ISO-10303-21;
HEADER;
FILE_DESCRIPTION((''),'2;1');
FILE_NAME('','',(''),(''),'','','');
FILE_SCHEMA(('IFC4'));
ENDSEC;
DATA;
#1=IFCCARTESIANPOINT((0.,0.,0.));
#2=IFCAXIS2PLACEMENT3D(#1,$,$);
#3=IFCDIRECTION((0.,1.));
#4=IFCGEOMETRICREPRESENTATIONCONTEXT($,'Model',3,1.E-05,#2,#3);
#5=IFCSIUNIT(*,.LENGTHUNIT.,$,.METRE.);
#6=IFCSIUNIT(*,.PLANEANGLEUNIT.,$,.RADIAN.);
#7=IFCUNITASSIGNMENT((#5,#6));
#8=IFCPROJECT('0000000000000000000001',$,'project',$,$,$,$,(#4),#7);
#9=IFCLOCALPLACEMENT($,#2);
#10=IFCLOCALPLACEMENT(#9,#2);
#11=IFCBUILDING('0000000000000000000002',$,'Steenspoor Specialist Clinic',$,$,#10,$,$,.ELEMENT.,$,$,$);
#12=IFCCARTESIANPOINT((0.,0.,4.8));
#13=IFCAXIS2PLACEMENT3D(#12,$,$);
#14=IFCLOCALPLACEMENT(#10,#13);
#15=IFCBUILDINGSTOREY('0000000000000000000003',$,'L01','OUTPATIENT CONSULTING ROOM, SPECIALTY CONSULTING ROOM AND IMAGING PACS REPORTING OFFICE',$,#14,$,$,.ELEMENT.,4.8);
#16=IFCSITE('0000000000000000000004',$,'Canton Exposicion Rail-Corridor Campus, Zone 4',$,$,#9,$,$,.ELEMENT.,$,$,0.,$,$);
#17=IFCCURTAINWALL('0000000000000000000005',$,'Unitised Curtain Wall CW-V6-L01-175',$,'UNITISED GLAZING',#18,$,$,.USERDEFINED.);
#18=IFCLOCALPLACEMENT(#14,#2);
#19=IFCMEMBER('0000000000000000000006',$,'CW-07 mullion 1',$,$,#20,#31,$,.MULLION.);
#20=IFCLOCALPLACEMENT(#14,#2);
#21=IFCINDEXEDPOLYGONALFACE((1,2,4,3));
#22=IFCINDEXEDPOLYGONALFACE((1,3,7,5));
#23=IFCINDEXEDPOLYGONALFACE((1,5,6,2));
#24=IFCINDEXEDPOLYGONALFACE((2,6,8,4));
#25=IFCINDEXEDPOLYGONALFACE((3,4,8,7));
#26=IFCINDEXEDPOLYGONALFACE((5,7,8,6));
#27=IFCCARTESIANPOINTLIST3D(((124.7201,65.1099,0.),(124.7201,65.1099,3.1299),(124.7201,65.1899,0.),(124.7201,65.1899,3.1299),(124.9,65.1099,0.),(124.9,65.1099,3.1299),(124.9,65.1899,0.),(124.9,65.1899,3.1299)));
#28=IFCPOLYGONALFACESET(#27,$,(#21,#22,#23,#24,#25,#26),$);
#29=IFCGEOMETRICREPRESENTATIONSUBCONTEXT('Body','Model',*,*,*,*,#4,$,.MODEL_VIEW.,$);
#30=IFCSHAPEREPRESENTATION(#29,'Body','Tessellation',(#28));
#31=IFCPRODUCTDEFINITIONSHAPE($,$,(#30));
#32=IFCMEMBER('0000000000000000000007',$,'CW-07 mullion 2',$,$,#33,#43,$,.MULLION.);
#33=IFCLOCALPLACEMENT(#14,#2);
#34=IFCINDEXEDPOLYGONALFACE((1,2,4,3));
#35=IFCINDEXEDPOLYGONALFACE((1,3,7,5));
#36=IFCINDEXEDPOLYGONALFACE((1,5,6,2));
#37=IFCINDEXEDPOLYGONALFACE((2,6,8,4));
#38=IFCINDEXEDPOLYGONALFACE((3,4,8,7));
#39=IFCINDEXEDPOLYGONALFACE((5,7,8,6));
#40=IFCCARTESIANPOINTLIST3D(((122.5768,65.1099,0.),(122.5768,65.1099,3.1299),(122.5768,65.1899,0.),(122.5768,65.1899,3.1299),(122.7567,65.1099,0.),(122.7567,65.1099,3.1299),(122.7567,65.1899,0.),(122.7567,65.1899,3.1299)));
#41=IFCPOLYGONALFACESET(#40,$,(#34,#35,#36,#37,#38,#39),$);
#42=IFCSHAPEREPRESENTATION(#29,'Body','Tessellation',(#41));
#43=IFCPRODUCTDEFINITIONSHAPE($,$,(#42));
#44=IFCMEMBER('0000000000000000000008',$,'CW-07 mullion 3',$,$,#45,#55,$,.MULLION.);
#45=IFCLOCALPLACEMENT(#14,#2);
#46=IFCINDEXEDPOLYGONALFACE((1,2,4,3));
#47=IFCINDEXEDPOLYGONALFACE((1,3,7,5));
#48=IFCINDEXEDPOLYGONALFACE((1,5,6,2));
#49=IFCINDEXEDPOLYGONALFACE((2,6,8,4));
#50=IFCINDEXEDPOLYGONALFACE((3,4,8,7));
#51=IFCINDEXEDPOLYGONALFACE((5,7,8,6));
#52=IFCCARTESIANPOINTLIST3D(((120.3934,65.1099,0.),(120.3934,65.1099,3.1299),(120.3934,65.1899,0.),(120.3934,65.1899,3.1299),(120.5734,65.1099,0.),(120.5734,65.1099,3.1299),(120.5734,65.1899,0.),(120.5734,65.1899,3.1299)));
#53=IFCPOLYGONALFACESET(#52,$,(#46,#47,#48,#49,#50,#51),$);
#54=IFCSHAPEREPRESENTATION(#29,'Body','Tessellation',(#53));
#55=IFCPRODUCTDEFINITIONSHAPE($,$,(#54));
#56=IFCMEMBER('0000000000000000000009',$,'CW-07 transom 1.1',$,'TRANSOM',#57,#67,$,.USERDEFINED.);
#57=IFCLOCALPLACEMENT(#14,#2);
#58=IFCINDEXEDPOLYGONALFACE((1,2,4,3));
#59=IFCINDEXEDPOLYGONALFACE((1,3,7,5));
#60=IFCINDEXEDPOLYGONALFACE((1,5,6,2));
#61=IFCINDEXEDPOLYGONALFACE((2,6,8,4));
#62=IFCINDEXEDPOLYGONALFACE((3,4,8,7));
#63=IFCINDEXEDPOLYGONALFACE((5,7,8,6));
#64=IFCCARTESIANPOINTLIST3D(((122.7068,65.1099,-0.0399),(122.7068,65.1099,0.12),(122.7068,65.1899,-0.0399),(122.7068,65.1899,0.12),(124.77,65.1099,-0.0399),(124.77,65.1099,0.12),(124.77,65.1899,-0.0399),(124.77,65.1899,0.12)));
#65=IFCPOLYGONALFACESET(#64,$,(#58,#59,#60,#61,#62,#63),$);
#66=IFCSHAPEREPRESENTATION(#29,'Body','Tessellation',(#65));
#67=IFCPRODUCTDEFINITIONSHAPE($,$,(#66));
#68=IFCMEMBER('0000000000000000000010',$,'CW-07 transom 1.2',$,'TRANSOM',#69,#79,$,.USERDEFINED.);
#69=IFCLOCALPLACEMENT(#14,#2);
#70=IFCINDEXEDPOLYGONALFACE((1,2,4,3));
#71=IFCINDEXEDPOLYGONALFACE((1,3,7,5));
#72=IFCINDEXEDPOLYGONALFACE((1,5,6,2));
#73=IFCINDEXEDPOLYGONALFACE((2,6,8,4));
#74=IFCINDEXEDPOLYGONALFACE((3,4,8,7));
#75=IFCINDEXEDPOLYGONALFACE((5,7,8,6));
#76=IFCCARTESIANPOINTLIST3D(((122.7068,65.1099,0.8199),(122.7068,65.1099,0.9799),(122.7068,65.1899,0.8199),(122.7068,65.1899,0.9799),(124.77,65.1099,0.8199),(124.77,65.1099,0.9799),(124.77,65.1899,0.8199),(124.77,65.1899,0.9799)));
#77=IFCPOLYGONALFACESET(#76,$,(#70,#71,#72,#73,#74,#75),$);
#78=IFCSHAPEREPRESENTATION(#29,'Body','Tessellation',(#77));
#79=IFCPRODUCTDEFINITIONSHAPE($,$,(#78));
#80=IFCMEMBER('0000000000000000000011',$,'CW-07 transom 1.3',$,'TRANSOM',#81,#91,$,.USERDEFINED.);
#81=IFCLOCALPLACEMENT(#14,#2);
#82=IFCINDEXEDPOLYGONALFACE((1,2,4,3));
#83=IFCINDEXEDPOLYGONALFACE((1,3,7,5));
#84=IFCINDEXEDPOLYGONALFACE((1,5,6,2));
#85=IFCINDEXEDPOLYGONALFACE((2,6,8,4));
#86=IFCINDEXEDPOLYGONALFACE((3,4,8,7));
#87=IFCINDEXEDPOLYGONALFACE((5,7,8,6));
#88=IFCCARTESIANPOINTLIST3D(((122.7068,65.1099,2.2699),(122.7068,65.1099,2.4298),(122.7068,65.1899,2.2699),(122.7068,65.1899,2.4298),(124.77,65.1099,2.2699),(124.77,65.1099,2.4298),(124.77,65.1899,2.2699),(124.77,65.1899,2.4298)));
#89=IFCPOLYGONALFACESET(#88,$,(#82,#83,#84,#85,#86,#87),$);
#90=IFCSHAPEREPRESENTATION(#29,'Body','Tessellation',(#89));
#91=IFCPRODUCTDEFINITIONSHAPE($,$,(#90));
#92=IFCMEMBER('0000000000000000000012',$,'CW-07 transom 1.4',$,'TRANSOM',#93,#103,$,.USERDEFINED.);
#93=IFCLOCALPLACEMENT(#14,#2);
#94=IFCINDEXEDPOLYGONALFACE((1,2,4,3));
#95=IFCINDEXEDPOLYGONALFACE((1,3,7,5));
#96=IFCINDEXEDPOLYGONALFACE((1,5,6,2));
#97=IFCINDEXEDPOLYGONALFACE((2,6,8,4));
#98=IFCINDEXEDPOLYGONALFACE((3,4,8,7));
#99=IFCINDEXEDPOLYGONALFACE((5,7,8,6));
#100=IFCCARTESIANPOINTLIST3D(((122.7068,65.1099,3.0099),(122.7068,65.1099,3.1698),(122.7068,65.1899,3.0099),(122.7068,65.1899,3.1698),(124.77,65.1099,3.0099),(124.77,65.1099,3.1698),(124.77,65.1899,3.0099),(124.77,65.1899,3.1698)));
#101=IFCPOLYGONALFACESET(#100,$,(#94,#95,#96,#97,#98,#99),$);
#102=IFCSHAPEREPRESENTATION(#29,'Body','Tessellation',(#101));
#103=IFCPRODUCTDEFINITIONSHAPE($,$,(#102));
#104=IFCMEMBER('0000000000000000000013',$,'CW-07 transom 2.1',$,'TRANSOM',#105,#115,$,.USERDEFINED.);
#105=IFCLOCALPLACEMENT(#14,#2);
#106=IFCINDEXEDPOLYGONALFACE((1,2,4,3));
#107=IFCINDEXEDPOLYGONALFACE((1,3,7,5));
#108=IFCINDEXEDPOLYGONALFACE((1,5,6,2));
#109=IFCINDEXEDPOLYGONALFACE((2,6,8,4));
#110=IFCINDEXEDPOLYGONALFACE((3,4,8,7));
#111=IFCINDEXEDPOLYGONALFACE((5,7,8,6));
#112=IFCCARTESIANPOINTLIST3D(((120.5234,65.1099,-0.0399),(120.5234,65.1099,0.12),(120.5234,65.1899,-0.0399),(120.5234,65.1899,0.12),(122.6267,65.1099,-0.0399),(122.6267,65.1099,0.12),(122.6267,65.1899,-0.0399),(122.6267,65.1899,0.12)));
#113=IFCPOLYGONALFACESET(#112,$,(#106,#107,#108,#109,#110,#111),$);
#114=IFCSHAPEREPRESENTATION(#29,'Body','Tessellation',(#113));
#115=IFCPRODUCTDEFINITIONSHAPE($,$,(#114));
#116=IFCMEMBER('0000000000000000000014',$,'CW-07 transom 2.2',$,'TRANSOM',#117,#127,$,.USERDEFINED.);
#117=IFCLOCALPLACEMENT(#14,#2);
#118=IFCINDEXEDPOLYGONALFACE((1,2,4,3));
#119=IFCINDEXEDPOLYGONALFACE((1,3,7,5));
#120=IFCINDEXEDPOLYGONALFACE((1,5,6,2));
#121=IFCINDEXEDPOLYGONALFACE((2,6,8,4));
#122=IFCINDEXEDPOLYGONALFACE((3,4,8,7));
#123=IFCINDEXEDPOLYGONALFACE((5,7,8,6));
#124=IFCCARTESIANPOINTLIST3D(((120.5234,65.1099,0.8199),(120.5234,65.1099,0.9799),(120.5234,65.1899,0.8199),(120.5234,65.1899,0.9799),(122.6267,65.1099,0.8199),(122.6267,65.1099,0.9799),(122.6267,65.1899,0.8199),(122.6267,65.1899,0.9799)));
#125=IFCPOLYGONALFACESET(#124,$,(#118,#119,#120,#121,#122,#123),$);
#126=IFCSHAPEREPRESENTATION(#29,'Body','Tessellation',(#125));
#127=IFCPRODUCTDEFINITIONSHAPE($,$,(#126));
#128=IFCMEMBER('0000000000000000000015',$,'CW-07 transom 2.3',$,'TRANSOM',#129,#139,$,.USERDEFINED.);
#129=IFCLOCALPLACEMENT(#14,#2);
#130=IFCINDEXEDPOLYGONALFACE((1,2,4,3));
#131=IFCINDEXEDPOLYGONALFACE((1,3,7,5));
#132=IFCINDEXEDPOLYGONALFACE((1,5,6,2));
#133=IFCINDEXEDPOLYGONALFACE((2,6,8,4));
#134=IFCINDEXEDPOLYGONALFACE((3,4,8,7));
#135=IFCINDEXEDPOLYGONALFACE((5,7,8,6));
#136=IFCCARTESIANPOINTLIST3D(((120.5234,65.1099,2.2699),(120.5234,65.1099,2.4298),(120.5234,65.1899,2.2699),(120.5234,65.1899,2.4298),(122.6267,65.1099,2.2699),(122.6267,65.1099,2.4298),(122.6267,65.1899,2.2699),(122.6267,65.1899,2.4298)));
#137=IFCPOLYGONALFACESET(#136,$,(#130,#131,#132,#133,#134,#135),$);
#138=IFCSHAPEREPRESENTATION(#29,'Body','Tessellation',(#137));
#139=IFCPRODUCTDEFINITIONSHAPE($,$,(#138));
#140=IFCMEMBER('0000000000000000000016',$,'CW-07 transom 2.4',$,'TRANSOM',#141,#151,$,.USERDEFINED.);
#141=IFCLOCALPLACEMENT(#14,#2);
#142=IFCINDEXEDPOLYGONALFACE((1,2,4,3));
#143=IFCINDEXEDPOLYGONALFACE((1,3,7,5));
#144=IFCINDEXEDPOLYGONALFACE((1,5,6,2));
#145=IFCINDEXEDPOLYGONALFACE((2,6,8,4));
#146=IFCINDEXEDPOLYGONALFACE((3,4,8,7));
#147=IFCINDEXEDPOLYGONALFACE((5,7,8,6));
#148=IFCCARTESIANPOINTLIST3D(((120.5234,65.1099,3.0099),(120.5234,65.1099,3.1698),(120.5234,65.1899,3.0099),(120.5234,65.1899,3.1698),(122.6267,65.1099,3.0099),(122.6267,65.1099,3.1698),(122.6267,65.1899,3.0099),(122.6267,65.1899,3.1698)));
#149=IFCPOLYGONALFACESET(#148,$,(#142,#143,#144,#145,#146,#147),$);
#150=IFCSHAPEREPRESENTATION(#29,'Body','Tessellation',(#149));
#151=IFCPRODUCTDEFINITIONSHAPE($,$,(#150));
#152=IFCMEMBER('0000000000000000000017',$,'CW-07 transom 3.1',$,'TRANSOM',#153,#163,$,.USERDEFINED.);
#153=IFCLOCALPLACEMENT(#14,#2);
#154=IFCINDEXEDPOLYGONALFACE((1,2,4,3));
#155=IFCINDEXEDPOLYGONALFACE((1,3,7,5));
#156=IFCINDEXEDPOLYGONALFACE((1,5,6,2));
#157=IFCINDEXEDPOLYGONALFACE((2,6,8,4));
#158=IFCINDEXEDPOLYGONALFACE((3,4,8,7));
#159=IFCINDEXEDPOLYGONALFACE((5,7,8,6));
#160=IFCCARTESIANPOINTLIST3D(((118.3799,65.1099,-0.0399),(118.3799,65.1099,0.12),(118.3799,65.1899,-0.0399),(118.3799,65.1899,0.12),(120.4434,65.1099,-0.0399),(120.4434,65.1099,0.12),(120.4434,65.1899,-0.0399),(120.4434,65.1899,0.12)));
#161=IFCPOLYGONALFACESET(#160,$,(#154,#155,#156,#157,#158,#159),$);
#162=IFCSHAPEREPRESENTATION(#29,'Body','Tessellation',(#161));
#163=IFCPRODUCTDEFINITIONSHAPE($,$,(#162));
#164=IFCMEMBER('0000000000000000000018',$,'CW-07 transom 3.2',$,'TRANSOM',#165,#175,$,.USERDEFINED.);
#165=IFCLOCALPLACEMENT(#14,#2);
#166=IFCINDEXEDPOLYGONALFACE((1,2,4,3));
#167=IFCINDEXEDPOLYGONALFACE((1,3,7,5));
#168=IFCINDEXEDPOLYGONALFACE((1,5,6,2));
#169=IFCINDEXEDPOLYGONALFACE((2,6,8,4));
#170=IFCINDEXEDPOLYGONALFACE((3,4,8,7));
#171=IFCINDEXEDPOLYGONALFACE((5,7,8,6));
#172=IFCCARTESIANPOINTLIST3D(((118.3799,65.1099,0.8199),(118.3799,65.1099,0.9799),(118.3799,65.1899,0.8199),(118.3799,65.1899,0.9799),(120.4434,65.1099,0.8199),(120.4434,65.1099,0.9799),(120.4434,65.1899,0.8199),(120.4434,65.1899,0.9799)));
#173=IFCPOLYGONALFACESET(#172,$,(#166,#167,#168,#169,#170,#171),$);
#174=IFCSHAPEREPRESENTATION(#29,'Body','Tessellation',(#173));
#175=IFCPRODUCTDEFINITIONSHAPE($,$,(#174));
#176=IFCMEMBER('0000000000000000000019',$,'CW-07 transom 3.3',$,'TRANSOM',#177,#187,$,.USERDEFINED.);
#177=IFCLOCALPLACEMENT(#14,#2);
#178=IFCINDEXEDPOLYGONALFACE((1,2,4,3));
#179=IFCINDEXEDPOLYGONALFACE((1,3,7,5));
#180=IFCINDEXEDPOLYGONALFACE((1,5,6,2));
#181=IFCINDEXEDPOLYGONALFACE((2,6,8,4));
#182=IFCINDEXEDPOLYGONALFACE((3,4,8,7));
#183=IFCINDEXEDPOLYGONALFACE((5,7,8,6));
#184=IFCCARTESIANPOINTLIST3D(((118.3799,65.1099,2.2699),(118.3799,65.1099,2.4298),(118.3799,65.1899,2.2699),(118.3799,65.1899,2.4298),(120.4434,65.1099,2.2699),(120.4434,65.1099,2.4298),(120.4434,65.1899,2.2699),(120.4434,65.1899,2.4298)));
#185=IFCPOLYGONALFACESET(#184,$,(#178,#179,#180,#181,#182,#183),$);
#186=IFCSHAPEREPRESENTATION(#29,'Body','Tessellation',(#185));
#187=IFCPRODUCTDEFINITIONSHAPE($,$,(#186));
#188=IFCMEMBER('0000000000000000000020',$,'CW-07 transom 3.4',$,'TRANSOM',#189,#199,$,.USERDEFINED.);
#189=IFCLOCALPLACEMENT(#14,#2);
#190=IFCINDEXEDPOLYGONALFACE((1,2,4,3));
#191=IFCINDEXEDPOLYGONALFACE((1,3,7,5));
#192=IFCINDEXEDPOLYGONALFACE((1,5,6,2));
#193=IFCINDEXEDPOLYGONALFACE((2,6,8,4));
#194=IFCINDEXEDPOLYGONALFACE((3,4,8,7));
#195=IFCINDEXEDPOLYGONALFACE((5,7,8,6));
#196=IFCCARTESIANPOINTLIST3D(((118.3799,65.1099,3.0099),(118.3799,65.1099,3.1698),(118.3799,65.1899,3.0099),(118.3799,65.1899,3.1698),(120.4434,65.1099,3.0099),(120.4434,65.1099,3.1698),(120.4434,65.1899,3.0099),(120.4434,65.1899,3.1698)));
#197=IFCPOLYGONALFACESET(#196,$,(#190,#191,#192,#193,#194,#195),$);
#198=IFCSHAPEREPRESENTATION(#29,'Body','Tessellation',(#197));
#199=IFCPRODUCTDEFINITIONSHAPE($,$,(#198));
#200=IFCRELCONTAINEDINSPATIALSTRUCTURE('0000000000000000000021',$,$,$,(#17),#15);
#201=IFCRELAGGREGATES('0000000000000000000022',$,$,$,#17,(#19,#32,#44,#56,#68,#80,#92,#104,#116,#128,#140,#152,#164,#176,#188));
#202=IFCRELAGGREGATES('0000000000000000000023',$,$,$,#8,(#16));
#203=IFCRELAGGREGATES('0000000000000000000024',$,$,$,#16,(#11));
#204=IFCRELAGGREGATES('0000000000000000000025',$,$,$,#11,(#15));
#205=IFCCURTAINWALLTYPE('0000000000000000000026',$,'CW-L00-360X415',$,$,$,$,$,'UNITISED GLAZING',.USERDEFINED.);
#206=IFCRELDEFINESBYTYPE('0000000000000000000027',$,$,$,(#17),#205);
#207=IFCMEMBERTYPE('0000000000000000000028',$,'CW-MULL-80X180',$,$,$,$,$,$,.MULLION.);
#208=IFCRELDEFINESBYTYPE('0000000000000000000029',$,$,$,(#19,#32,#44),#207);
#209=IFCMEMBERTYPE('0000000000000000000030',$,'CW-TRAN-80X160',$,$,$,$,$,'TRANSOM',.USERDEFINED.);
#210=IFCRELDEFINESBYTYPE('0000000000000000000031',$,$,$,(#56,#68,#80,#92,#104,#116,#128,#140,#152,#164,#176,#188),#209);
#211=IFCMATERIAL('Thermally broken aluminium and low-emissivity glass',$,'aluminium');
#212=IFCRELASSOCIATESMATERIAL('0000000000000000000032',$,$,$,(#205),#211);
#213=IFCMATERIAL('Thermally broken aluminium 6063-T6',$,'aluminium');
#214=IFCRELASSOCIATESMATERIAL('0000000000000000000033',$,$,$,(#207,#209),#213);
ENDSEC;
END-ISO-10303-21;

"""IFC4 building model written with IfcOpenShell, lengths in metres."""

from ifc_helpers import new_model, si_unit, direction, frame, origin, origin_2d, place, context, subcontext, project, spatial, rectangle, extrude, material, material_profile, profile_set, type_object, element, aggregate, save


model = new_model("IFC4")

# Units and contexts
model_context = context("Model", 3, precision=1e-05, world=origin(), true_north=direction((0.0, 1.0)))
body_context = subcontext(model_context, "Body", "Model", "MODEL_VIEW")
ifc_project = project(units=[si_unit("LENGTHUNIT", "METRE"), si_unit("PLANEANGLEUNIT", "RADIAN")], contexts=[model_context])

# Site, building, storey
site_placement = place(None, origin())
site = spatial("IfcSite", under=ifc_project, at=site_placement, Name="Canton Exposicion Rail-Corridor Campus, Zone 4", CompositionType="ELEMENT", RefElevation=0.0)
building_placement = place(site_placement, origin())
building = spatial("IfcBuilding", under=site, at=building_placement, Name="Steenspoor Specialist Clinic", CompositionType="ELEMENT")
storey_placement = place(building_placement, frame((0.0, 0.0, 4.8)))
storey = spatial("IfcBuildingStorey", under=building, at=storey_placement, Name="L01", Description="OUTPATIENT CONSULTING ROOM, SPECIALTY CONSULTING ROOM AND IMAGING PACS REPORTING OFFICE", CompositionType="ELEMENT", Elevation=4.8)

# Curtain wall, members
ifc_material_1 = material(Name="Thermally broken aluminium and low-emissivity glass", Category="aluminium")
curtain_wall_type = type_object("IfcCurtainWallType", Name="CW-L00-360X415", ElementType="UNITISED GLAZING", PredefinedType="USERDEFINED", material=ifc_material_1)
curtain_wall_placement = place(storey_placement, origin())
curtain_wall = element("IfcCurtainWall", 1, at=curtain_wall_placement, inside=storey, type_object=curtain_wall_type, Name="Unitised Curtain Wall CW-V6-L01-175", ObjectType="UNITISED GLAZING", PredefinedType="USERDEFINED")
ifc_material_2 = material(Name="Thermally broken aluminium 6063-T6", Category="aluminium")
ifc_material_profile_1 = material_profile(ifc_material_2, rectangle(XDim=0.0801, YDim=0.1799, at=origin_2d()), Name="CWM-80X180")
ifc_profile_set_1 = profile_set([ifc_material_profile_1], Name="Thermally broken aluminium 6063-T6")
member_type_1 = type_object("IfcMemberType", Name="CW-MULL-80X180", PredefinedType="MULLION", material=ifc_profile_set_1)
member_1_placement = place(storey_placement, frame((124.8101, 65.1499, 0.0), z_axis=(0.0, 0.0, 1.0), x_axis=(0.0, -1.0, 0.0)))
member_1 = element("IfcMember", 2, at=member_1_placement, type_object=member_type_1, Name="CW-07 mullion 1", PredefinedType="MULLION", context=body_context, shape_type="SweptSolid", body=[
    extrude(rectangle(XDim=0.0801, YDim=0.1799, at=origin_2d()), origin(), (0.0, 0.0, 1.0), 3.1299),
])
member_2_placement = place(storey_placement, frame((122.6667, 65.1499, 0.0), z_axis=(0.0, 0.0, 1.0), x_axis=(0.0, -1.0, 0.0)))
member_2 = element("IfcMember", 3, at=member_2_placement, type_object=member_type_1, Name="CW-07 mullion 2", PredefinedType="MULLION", context=body_context, shape_type="SweptSolid", body=[
    extrude(rectangle(XDim=0.0801, YDim=0.1799, at=origin_2d()), origin(), (0.0, 0.0, 1.0), 3.1299),
])
member_3_placement = place(storey_placement, frame((120.4834, 65.1499, 0.0), z_axis=(0.0, 0.0, 1.0), x_axis=(0.0, -1.0, 0.0)))
member_3 = element("IfcMember", 4, at=member_3_placement, type_object=member_type_1, Name="CW-07 mullion 3", PredefinedType="MULLION", context=body_context, shape_type="SweptSolid", body=[
    extrude(rectangle(XDim=0.0801, YDim=0.1799, at=origin_2d()), origin(), (0.0, 0.0, 1.0), 3.1299),
])
ifc_material_profile_2 = material_profile(ifc_material_2, rectangle(XDim=0.0801, YDim=0.1599, at=origin_2d()), Name="CWT-80X160")
ifc_profile_set_2 = profile_set([ifc_material_profile_2], Name="Thermally broken aluminium 6063-T6")
member_type_2 = type_object("IfcMemberType", Name="CW-TRAN-80X160", ElementType="TRANSOM", PredefinedType="USERDEFINED", material=ifc_profile_set_2)
member_4_placement = place(storey_placement, frame((124.77, 65.1499, 0.04), z_axis=(-1.0, 0.0, 0.0), x_axis=(0.0, -1.0, 0.0)))
member_4 = element("IfcMember", 5, at=member_4_placement, type_object=member_type_2, Name="CW-07 transom 1.1", ObjectType="TRANSOM", PredefinedType="USERDEFINED", context=body_context, shape_type="SweptSolid", body=[
    extrude(rectangle(XDim=0.0801, YDim=0.1599, at=origin_2d()), origin(), (0.0, 0.0, 1.0), 2.0632),
])
member_5_placement = place(storey_placement, frame((124.77, 65.1499, 0.8999), z_axis=(-1.0, 0.0, 0.0), x_axis=(0.0, -1.0, 0.0)))
member_5 = element("IfcMember", 6, at=member_5_placement, type_object=member_type_2, Name="CW-07 transom 1.2", ObjectType="TRANSOM", PredefinedType="USERDEFINED", context=body_context, shape_type="SweptSolid", body=[
    extrude(rectangle(XDim=0.0801, YDim=0.1599, at=origin_2d()), origin(), (0.0, 0.0, 1.0), 2.0632),
])
member_6_placement = place(storey_placement, frame((124.77, 65.1499, 2.3499), z_axis=(-1.0, 0.0, 0.0), x_axis=(0.0, -1.0, 0.0)))
member_6 = element("IfcMember", 7, at=member_6_placement, type_object=member_type_2, Name="CW-07 transom 1.3", ObjectType="TRANSOM", PredefinedType="USERDEFINED", context=body_context, shape_type="SweptSolid", body=[
    extrude(rectangle(XDim=0.0801, YDim=0.1599, at=origin_2d()), origin(), (0.0, 0.0, 1.0), 2.0632),
])
member_7_placement = place(storey_placement, frame((124.77, 65.1499, 3.0898), z_axis=(-1.0, 0.0, 0.0), x_axis=(0.0, -1.0, 0.0)))
member_7 = element("IfcMember", 8, at=member_7_placement, type_object=member_type_2, Name="CW-07 transom 1.4", ObjectType="TRANSOM", PredefinedType="USERDEFINED", context=body_context, shape_type="SweptSolid", body=[
    extrude(rectangle(XDim=0.0801, YDim=0.1599, at=origin_2d()), origin(), (0.0, 0.0, 1.0), 2.0632),
])
member_8_placement = place(storey_placement, frame((122.6267, 65.1499, 0.04), z_axis=(-1.0, 0.0, 0.0), x_axis=(0.0, -1.0, 0.0)))
member_8 = element("IfcMember", 9, at=member_8_placement, type_object=member_type_2, Name="CW-07 transom 2.1", ObjectType="TRANSOM", PredefinedType="USERDEFINED", context=body_context, shape_type="SweptSolid", body=[
    extrude(rectangle(XDim=0.0801, YDim=0.1599, at=origin_2d()), origin(), (0.0, 0.0, 1.0), 2.1033),
])
member_9_placement = place(storey_placement, frame((122.6267, 65.1499, 0.8999), z_axis=(-1.0, 0.0, 0.0), x_axis=(0.0, -1.0, 0.0)))
member_9 = element("IfcMember", 10, at=member_9_placement, type_object=member_type_2, Name="CW-07 transom 2.2", ObjectType="TRANSOM", PredefinedType="USERDEFINED", context=body_context, shape_type="SweptSolid", body=[
    extrude(rectangle(XDim=0.0801, YDim=0.1599, at=origin_2d()), origin(), (0.0, 0.0, 1.0), 2.1033),
])
member_10_placement = place(storey_placement, frame((122.6267, 65.1499, 2.3499), z_axis=(-1.0, 0.0, 0.0), x_axis=(0.0, -1.0, 0.0)))
member_10 = element("IfcMember", 11, at=member_10_placement, type_object=member_type_2, Name="CW-07 transom 2.3", ObjectType="TRANSOM", PredefinedType="USERDEFINED", context=body_context, shape_type="SweptSolid", body=[
    extrude(rectangle(XDim=0.0801, YDim=0.1599, at=origin_2d()), origin(), (0.0, 0.0, 1.0), 2.1033),
])
member_11_placement = place(storey_placement, frame((122.6267, 65.1499, 3.0898), z_axis=(-1.0, 0.0, 0.0), x_axis=(0.0, -1.0, 0.0)))
member_11 = element("IfcMember", 12, at=member_11_placement, type_object=member_type_2, Name="CW-07 transom 2.4", ObjectType="TRANSOM", PredefinedType="USERDEFINED", context=body_context, shape_type="SweptSolid", body=[
    extrude(rectangle(XDim=0.0801, YDim=0.1599, at=origin_2d()), origin(), (0.0, 0.0, 1.0), 2.1033),
])
member_12_placement = place(storey_placement, frame((120.4434, 65.1499, 0.04), z_axis=(-1.0, 0.0, 0.0), x_axis=(0.0, -1.0, 0.0)))
member_12 = element("IfcMember", 13, at=member_12_placement, type_object=member_type_2, Name="CW-07 transom 3.1", ObjectType="TRANSOM", PredefinedType="USERDEFINED", context=body_context, shape_type="SweptSolid", body=[
    extrude(rectangle(XDim=0.0801, YDim=0.1599, at=origin_2d()), origin(), (0.0, 0.0, 1.0), 2.0635),
])
member_13_placement = place(storey_placement, frame((120.4434, 65.1499, 0.8999), z_axis=(-1.0, 0.0, 0.0), x_axis=(0.0, -1.0, 0.0)))
member_13 = element("IfcMember", 14, at=member_13_placement, type_object=member_type_2, Name="CW-07 transom 3.2", ObjectType="TRANSOM", PredefinedType="USERDEFINED", context=body_context, shape_type="SweptSolid", body=[
    extrude(rectangle(XDim=0.0801, YDim=0.1599, at=origin_2d()), origin(), (0.0, 0.0, 1.0), 2.0635),
])
member_14_placement = place(storey_placement, frame((120.4434, 65.1499, 2.3499), z_axis=(-1.0, 0.0, 0.0), x_axis=(0.0, -1.0, 0.0)))
member_14 = element("IfcMember", 15, at=member_14_placement, type_object=member_type_2, Name="CW-07 transom 3.3", ObjectType="TRANSOM", PredefinedType="USERDEFINED", context=body_context, shape_type="SweptSolid", body=[
    extrude(rectangle(XDim=0.0801, YDim=0.1599, at=origin_2d()), origin(), (0.0, 0.0, 1.0), 2.0635),
])
member_15_placement = place(storey_placement, frame((120.4434, 65.1499, 3.0898), z_axis=(-1.0, 0.0, 0.0), x_axis=(0.0, -1.0, 0.0)))
member_15 = element("IfcMember", 16, at=member_15_placement, type_object=member_type_2, Name="CW-07 transom 3.4", ObjectType="TRANSOM", PredefinedType="USERDEFINED", context=body_context, shape_type="SweptSolid", body=[
    extrude(rectangle(XDim=0.0801, YDim=0.1599, at=origin_2d()), origin(), (0.0, 0.0, 1.0), 2.0635),
])

aggregate(curtain_wall, [member_1, member_2, member_3, member_4, member_5, member_6, member_7, member_8, member_9, member_10, member_11, member_12, member_13, member_14, member_15])

save(model, "model.ifc")
